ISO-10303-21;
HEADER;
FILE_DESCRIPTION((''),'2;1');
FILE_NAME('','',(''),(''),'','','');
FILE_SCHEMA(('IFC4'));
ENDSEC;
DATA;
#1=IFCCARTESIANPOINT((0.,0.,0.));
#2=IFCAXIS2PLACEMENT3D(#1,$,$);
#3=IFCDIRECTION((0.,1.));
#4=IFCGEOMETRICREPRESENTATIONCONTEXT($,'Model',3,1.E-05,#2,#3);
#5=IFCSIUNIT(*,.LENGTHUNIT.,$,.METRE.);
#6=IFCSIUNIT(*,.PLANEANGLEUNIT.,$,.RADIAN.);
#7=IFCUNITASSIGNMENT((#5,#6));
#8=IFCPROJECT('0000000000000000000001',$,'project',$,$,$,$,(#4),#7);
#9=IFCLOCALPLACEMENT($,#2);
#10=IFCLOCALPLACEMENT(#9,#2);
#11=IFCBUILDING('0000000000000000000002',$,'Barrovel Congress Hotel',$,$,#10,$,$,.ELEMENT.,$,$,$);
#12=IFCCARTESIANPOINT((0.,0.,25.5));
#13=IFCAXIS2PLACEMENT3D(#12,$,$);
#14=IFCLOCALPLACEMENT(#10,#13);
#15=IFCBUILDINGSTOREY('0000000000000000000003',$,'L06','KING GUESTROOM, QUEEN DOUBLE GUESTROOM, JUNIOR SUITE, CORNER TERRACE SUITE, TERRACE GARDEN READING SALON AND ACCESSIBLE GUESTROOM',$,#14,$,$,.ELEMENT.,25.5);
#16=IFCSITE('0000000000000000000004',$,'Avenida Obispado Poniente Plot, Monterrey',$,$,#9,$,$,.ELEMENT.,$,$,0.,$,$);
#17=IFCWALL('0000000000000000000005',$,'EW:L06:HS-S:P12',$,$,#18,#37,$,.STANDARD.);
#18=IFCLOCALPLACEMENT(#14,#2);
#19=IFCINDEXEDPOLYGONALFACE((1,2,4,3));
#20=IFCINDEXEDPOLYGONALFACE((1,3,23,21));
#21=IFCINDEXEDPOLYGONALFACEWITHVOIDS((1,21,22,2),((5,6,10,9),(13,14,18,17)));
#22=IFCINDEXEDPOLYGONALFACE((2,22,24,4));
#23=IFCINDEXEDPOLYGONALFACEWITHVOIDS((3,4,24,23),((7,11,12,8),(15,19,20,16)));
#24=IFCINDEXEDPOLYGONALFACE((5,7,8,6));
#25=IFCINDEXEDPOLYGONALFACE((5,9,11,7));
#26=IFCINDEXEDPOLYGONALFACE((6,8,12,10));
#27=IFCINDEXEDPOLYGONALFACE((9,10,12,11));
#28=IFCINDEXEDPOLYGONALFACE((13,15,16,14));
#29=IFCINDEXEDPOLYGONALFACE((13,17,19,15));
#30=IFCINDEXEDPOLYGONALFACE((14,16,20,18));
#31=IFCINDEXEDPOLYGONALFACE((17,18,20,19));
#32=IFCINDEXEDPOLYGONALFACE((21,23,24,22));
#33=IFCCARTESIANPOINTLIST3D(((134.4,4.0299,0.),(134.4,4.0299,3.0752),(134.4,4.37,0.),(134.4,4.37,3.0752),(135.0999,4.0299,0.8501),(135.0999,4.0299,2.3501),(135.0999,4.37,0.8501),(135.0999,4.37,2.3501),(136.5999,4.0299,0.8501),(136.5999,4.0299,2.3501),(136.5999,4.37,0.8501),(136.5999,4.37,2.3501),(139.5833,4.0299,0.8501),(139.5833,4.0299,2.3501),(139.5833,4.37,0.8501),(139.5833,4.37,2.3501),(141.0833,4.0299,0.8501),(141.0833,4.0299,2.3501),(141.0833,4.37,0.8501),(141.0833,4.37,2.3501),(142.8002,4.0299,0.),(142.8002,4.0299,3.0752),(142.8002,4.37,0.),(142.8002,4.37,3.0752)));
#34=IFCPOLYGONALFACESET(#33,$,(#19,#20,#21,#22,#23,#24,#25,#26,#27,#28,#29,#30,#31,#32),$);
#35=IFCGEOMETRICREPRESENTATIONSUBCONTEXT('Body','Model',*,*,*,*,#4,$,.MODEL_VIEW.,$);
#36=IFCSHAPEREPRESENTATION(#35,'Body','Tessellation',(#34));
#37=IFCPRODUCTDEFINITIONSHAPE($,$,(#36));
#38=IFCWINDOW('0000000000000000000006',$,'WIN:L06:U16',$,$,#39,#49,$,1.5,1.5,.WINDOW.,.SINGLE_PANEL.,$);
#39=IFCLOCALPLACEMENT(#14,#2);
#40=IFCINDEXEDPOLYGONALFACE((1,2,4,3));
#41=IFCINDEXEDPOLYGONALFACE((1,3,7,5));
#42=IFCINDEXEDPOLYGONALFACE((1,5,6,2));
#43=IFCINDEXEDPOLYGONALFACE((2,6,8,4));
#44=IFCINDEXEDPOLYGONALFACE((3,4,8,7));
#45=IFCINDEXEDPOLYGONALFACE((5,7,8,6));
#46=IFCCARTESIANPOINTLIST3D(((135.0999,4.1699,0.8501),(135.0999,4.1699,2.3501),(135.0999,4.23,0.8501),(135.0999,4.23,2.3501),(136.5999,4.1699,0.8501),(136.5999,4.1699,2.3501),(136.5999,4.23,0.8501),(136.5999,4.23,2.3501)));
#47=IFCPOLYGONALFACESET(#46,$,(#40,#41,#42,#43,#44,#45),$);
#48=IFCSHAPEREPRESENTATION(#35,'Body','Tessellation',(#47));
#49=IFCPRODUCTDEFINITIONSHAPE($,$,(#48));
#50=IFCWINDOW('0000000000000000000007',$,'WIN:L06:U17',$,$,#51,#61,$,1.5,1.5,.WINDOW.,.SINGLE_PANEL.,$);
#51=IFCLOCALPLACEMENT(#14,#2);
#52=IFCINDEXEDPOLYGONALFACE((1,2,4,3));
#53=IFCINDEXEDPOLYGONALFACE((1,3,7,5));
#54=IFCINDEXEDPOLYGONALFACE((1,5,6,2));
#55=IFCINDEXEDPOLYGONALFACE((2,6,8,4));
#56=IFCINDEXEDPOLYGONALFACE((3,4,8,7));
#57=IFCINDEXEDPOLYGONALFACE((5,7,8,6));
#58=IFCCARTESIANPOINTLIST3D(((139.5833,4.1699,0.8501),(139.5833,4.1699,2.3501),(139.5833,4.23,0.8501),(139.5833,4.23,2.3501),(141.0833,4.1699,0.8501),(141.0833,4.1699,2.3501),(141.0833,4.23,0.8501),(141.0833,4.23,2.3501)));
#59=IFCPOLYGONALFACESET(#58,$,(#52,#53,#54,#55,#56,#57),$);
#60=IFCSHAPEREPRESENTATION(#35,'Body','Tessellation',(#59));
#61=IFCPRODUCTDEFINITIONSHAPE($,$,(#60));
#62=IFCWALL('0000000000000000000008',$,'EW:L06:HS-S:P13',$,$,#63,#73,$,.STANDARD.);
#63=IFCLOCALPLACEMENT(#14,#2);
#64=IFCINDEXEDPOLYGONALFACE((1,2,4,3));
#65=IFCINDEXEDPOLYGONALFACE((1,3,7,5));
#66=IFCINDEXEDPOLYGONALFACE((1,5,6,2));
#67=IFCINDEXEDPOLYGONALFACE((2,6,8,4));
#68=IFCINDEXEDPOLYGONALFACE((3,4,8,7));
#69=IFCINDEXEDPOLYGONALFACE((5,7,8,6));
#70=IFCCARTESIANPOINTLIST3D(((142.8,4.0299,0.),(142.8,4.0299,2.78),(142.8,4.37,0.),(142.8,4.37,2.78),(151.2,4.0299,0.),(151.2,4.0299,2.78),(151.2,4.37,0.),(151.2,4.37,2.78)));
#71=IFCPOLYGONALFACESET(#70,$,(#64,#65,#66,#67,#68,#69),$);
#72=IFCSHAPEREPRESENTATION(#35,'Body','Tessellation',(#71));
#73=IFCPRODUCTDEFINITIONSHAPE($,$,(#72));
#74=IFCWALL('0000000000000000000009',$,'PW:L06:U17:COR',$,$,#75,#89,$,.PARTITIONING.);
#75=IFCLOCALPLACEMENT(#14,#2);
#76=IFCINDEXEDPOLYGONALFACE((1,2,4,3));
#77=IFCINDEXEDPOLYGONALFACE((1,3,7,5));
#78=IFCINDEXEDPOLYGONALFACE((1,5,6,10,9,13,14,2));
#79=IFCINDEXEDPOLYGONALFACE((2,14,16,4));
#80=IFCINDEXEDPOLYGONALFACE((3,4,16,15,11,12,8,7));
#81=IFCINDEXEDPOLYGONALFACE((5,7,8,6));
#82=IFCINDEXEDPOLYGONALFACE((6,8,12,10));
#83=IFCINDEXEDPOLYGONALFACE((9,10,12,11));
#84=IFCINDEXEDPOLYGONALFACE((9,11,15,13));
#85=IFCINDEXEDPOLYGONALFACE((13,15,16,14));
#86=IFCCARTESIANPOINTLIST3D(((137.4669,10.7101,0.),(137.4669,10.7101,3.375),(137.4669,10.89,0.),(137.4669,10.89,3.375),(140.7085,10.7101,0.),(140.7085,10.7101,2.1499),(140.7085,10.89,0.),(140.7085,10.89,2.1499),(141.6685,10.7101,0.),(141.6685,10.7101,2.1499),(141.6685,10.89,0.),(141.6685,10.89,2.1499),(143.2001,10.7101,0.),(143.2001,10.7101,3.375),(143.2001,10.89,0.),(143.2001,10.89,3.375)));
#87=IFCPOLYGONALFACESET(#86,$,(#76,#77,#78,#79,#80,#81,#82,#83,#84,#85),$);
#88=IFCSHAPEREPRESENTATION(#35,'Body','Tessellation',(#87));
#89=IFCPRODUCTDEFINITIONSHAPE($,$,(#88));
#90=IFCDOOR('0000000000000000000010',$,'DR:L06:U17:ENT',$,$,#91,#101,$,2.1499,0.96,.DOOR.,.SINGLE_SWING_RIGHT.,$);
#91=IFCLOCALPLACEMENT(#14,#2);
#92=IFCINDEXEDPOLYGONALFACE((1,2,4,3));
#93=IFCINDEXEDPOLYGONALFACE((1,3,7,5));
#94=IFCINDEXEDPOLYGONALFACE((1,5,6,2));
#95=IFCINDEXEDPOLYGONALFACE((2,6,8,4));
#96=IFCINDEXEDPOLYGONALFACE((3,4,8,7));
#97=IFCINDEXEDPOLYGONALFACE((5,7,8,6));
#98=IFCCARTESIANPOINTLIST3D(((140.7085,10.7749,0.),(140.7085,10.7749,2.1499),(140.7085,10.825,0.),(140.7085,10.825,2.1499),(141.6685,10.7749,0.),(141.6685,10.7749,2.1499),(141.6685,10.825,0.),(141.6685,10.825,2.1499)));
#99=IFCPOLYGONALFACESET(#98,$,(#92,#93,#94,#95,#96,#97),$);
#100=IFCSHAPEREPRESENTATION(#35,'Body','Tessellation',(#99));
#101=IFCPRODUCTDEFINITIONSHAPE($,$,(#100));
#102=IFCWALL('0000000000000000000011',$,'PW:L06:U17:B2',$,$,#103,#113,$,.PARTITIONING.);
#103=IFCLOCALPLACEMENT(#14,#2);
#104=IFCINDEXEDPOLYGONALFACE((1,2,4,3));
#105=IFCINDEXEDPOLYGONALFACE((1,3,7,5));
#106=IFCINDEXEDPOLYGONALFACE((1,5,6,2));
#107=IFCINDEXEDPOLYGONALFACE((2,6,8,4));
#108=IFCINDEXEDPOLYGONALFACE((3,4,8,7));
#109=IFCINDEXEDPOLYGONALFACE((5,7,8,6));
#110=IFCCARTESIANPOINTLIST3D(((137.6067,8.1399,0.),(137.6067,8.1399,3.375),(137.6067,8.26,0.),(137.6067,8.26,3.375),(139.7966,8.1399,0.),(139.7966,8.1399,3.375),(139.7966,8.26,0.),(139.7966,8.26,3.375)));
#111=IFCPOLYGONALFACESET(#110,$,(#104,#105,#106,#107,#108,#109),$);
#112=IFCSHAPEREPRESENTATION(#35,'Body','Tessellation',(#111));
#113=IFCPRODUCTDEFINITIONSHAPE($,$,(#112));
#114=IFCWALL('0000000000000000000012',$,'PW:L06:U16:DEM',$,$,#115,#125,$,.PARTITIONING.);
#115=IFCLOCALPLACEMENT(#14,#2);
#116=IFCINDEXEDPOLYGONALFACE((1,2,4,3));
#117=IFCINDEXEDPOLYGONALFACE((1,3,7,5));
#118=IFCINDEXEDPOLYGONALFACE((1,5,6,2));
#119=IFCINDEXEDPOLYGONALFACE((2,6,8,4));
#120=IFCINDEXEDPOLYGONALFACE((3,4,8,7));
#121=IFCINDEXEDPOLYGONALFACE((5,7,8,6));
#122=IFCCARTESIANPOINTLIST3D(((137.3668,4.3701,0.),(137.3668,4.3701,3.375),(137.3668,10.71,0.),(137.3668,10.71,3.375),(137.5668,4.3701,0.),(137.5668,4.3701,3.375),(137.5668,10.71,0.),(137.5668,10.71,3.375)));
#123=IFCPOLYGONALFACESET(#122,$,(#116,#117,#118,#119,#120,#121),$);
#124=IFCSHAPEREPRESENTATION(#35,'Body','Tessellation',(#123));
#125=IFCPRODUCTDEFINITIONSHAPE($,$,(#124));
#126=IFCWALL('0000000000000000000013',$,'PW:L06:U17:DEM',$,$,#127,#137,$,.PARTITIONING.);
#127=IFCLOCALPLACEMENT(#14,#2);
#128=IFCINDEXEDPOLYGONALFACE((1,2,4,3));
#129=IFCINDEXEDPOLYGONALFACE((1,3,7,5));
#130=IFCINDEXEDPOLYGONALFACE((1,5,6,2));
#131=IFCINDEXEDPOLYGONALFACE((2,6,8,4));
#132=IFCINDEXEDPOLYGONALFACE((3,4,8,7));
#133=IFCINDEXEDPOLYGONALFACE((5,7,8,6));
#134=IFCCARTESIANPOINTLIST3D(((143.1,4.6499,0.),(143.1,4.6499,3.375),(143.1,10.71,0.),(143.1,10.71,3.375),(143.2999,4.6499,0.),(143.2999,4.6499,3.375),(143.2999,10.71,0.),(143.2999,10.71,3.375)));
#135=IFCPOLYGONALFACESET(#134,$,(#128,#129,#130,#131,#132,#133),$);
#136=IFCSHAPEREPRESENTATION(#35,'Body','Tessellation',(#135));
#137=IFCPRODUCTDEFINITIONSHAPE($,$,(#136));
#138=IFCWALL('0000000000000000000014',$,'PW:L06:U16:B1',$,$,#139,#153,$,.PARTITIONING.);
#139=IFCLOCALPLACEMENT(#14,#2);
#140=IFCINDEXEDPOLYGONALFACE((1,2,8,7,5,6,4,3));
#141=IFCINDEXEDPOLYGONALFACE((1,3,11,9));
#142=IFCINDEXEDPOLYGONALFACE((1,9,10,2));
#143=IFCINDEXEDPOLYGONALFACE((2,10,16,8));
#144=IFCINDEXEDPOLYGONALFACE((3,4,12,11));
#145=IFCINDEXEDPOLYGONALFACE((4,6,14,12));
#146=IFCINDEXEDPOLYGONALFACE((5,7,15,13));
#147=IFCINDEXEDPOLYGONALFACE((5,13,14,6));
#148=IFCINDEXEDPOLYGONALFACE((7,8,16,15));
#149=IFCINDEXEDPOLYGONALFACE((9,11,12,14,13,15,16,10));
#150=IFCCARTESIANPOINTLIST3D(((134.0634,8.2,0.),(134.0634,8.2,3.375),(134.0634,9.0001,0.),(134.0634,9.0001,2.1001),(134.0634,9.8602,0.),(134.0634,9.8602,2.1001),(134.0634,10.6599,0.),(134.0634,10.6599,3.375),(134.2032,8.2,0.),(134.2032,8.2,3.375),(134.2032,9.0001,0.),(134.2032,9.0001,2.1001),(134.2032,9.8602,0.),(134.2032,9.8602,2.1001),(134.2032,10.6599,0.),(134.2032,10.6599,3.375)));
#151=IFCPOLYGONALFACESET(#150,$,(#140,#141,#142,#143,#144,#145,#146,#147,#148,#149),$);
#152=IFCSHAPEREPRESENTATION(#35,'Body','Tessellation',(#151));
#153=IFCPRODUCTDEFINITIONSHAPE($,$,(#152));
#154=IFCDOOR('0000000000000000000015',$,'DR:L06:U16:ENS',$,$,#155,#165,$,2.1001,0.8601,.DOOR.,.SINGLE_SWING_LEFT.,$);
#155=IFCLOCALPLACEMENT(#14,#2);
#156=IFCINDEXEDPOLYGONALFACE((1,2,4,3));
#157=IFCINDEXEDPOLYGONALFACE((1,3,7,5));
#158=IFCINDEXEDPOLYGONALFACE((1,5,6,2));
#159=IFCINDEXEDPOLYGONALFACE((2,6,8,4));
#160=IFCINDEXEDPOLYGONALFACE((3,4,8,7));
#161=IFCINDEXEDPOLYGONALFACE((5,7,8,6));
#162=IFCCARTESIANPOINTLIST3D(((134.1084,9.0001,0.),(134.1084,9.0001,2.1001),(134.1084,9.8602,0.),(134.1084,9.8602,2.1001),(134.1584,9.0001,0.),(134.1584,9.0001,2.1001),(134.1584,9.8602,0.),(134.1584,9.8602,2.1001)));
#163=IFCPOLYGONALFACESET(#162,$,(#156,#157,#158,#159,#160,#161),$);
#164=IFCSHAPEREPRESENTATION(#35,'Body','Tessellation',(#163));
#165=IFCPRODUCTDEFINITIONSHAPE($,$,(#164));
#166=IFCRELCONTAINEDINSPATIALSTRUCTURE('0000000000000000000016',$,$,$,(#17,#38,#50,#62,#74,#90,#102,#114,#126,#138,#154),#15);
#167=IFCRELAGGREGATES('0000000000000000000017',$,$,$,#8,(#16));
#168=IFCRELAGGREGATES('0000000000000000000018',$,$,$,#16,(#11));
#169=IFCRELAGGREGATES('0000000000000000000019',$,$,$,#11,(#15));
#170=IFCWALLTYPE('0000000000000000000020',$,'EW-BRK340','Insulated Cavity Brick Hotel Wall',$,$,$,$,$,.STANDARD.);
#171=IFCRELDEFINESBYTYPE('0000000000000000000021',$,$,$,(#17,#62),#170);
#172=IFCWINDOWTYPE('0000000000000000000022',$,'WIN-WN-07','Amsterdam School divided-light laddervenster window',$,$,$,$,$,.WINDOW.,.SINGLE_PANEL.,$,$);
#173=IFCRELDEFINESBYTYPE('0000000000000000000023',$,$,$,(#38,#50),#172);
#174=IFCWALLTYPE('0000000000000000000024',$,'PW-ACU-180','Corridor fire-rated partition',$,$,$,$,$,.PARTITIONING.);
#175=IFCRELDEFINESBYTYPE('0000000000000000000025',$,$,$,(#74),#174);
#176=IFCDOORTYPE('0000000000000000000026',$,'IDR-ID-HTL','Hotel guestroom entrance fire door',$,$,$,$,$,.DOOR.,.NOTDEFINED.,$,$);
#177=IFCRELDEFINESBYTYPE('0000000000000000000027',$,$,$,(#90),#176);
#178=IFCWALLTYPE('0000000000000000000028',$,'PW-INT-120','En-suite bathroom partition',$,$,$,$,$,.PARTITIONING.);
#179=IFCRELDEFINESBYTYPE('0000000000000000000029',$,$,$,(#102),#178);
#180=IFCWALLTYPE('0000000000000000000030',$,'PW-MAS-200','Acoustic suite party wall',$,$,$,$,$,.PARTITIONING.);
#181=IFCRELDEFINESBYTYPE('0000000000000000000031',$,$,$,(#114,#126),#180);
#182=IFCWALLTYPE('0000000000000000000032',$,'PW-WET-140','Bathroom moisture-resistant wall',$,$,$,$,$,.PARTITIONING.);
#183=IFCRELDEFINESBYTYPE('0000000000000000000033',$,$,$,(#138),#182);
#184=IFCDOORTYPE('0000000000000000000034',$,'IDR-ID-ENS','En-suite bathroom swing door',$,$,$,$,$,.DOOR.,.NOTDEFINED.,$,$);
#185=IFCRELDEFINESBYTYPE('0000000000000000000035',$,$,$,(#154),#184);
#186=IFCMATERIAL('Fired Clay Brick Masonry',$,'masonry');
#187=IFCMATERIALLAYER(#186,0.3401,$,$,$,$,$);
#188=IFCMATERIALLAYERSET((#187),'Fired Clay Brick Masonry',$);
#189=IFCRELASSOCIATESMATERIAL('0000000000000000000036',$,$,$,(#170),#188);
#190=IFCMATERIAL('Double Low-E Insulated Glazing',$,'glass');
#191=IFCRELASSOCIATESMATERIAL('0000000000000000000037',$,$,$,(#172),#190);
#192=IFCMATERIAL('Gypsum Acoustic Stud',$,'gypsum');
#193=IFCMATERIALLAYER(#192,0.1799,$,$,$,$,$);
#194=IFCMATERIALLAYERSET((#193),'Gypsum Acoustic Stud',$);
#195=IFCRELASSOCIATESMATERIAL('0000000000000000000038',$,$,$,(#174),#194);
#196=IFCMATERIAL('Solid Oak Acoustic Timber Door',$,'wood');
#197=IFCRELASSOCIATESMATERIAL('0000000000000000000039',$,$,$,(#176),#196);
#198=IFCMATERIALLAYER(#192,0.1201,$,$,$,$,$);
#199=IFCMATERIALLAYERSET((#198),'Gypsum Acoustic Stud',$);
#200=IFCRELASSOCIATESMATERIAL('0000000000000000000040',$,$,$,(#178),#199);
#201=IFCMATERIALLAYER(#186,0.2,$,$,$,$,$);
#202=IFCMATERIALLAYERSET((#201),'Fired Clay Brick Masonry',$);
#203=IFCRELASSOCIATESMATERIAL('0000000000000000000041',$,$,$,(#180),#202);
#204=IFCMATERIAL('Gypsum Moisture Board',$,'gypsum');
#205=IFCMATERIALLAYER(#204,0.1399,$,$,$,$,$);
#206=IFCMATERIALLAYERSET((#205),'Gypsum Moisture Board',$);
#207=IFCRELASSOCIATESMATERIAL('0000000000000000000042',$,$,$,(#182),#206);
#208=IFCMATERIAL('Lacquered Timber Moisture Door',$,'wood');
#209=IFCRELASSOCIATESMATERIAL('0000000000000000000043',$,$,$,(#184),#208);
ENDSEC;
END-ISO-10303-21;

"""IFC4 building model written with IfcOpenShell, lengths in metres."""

from ifc_helpers import new_model, si_unit, direction, frame, frame_2d, origin, place, context, subcontext, project, spatial, rectangle, extrude, material, layer, layer_set, type_object, element, fill, save


model = new_model("IFC4")

# Units and contexts
model_context = context("Model", 3, precision=1e-05, world=origin(), true_north=direction((0.0, 1.0)))
body_context = subcontext(model_context, "Body", "Model", "MODEL_VIEW")
ifc_project = project(units=[si_unit("LENGTHUNIT", "METRE"), si_unit("PLANEANGLEUNIT", "RADIAN")], contexts=[model_context])

# Site, building, storey
site_placement = place(None, origin())
site = spatial("IfcSite", under=ifc_project, at=site_placement, Name="Avenida Obispado Poniente Plot, Monterrey", CompositionType="ELEMENT", RefElevation=0.0)
building_placement = place(site_placement, origin())
building = spatial("IfcBuilding", under=site, at=building_placement, Name="Barrovel Congress Hotel", CompositionType="ELEMENT")
storey_placement = place(building_placement, frame((0.0, 0.0, 25.5)))
storey = spatial("IfcBuildingStorey", under=building, at=storey_placement, Name="L06", Description="KING GUESTROOM, QUEEN DOUBLE GUESTROOM, JUNIOR SUITE, CORNER TERRACE SUITE, TERRACE GARDEN READING SALON AND ACCESSIBLE GUESTROOM", CompositionType="ELEMENT", Elevation=25.5)

# Wall, openings, windows
ifc_material_1 = material(Name="Fired Clay Brick Masonry", Category="masonry")
ifc_layer_1 = layer(ifc_material_1, 0.3401)
ifc_layer_set_1 = layer_set([ifc_layer_1], Name="Fired Clay Brick Masonry")
wall_type_1 = type_object("IfcWallType", Name="EW-BRK340", Description="Insulated Cavity Brick Hotel Wall", PredefinedType="STANDARD", material=ifc_layer_set_1)
wall_1_placement = place(storey_placement, frame((134.3999, 4.2, 0.0), z_axis=(0.0, 0.0, 1.0), x_axis=(1.0, 0.0, 0.0)))
wall_1 = element("IfcWall", 1, at=wall_1_placement, inside=storey, type_object=wall_type_1, Name="EW:L06:HS-S:P12", PredefinedType="STANDARD", context=body_context, shape_type="SweptSolid", body=[
    extrude(rectangle(XDim=8.4001, YDim=0.3401, at=frame_2d((4.2002, 0.0))), origin(), (0.0, 0.0, 1.0), 3.0752),
])
opening_1_placement = place(wall_1_placement, frame((0.7, 0.0, 0.8501)))
opening_1 = element("IfcOpeningElement", 2, at=opening_1_placement, cuts=wall_1, PredefinedType="OPENING", context=body_context, shape_type="SweptSolid", body=[
    extrude(rectangle(XDim=1.5, YDim=1.5, at=frame_2d((0.75, 0.75))), frame((0.0, 0.1802, 0.0), z_axis=(0.0, -1.0, 0.0), x_axis=(1.0, 0.0, 0.0)), (0.0, 0.0, 1.0), 0.3601),
])
opening_2_placement = place(wall_1_placement, frame((5.1833, 0.0, 0.8501)))
opening_2 = element("IfcOpeningElement", 3, at=opening_2_placement, cuts=wall_1, PredefinedType="OPENING", context=body_context, shape_type="SweptSolid", body=[
    extrude(rectangle(XDim=1.5, YDim=1.5, at=frame_2d((0.75, 0.75))), frame((0.0, 0.1802, 0.0), z_axis=(0.0, -1.0, 0.0), x_axis=(1.0, 0.0, 0.0)), (0.0, 0.0, 1.0), 0.3601),
])
ifc_material_2 = material(Name="Double Low-E Insulated Glazing", Category="glass")
window_type = type_object("IfcWindowType", Name="WIN-WN-07", Description="Amsterdam School divided-light laddervenster window", PartitioningType="SINGLE_PANEL", PredefinedType="WINDOW", material=ifc_material_2)
window_1_placement = place(opening_1_placement, origin())
window_1 = element("IfcWindow", 4, at=window_1_placement, inside=storey, type_object=window_type, Name="WIN:L06:U16", OverallHeight=1.5, OverallWidth=1.5, PartitioningType="SINGLE_PANEL", PredefinedType="WINDOW", context=body_context, shape_type="SweptSolid", body=[
    extrude(rectangle(XDim=1.5, YDim=1.5, at=frame_2d((0.75, 0.75))), frame((0.0, 0.03, 0.0), z_axis=(0.0, -1.0, 0.0), x_axis=(1.0, 0.0, 0.0)), (0.0, 0.0, 1.0), 0.0601),
])
fill(opening_1, window_1)
window_2_placement = place(opening_2_placement, origin())
window_2 = element("IfcWindow", 5, at=window_2_placement, inside=storey, type_object=window_type, Name="WIN:L06:U17", OverallHeight=1.5, OverallWidth=1.5, PartitioningType="SINGLE_PANEL", PredefinedType="WINDOW", context=body_context, shape_type="SweptSolid", body=[
    extrude(rectangle(XDim=1.5, YDim=1.5, at=frame_2d((0.75, 0.75))), frame((0.0, 0.03, 0.0), z_axis=(0.0, -1.0, 0.0), x_axis=(1.0, 0.0, 0.0)), (0.0, 0.0, 1.0), 0.0601),
])
fill(opening_2, window_2)

# Wall
wall_2_placement = place(storey_placement, frame((142.8, 4.2, 0.0), z_axis=(0.0, 0.0, 1.0), x_axis=(1.0, 0.0, 0.0)))
element("IfcWall", 6, at=wall_2_placement, inside=storey, type_object=wall_type_1, Name="EW:L06:HS-S:P13", PredefinedType="STANDARD", context=body_context, shape_type="SweptSolid", body=[
    extrude(rectangle(XDim=8.3999, YDim=0.3401, at=frame_2d((4.2, 0.0))), origin(), (0.0, 0.0, 1.0), 2.78),
])

# Wall, opening, door
ifc_material_3 = material(Name="Gypsum Acoustic Stud", Category="gypsum")
ifc_layer_2 = layer(ifc_material_3, 0.1799)
ifc_layer_set_2 = layer_set([ifc_layer_2], Name="Gypsum Acoustic Stud")
wall_type_2 = type_object("IfcWallType", Name="PW-ACU-180", Description="Corridor fire-rated partition", PredefinedType="PARTITIONING", material=ifc_layer_set_2)
wall_3_placement = place(storey_placement, frame((137.4668, 10.8, 0.0), z_axis=(0.0, 0.0, 1.0), x_axis=(1.0, 0.0, 0.0)))
wall_3 = element("IfcWall", 7, at=wall_3_placement, inside=storey, type_object=wall_type_2, Name="PW:L06:U17:COR", PredefinedType="PARTITIONING", context=body_context, shape_type="SweptSolid", body=[
    extrude(rectangle(XDim=5.7332, YDim=0.1799, at=frame_2d((2.8667, 0.0))), origin(), (0.0, 0.0, 1.0), 3.375),
])
opening_3_placement = place(wall_3_placement, frame((3.2417, 0.0, 0.0)))
opening_3 = element("IfcOpeningElement", 8, at=opening_3_placement, cuts=wall_3, PredefinedType="OPENING", context=body_context, shape_type="SweptSolid", body=[
    extrude(rectangle(XDim=0.96, YDim=2.1499, at=frame_2d((0.48, 1.075))), frame((0.0, 0.1001, 0.0), z_axis=(0.0, -1.0, 0.0), x_axis=(1.0, 0.0, 0.0)), (0.0, 0.0, 1.0), 0.2),
])
ifc_material_4 = material(Name="Solid Oak Acoustic Timber Door", Category="wood")
door_type_1 = type_object("IfcDoorType", Name="IDR-ID-HTL", Description="Hotel guestroom entrance fire door", OperationType="NOTDEFINED", PredefinedType="DOOR", material=ifc_material_4)
door_1_placement = place(opening_3_placement, origin())
door_1 = element("IfcDoor", 9, at=door_1_placement, inside=storey, type_object=door_type_1, Name="DR:L06:U17:ENT", OperationType="SINGLE_SWING_RIGHT", OverallHeight=2.1499, OverallWidth=0.96, PredefinedType="DOOR", context=body_context, shape_type="SweptSolid", body=[
    extrude(rectangle(XDim=0.96, YDim=2.1499, at=frame_2d((0.48, 1.075))), frame((0.0, 0.0249, 0.0), z_axis=(0.0, -1.0, 0.0), x_axis=(1.0, 0.0, 0.0)), (0.0, 0.0, 1.0), 0.05),
])
fill(opening_3, door_1)

# Walls
ifc_layer_3 = layer(ifc_material_3, 0.1201)
ifc_layer_set_3 = layer_set([ifc_layer_3], Name="Gypsum Acoustic Stud")
wall_type_3 = type_object("IfcWallType", Name="PW-INT-120", Description="En-suite bathroom partition", PredefinedType="PARTITIONING", material=ifc_layer_set_3)
wall_4_placement = place(storey_placement, frame((137.6067, 8.2, 0.0), z_axis=(0.0, 0.0, 1.0), x_axis=(1.0, 0.0, 0.0)))
element("IfcWall", 10, at=wall_4_placement, inside=storey, type_object=wall_type_3, Name="PW:L06:U17:B2", PredefinedType="PARTITIONING", context=body_context, shape_type="SweptSolid", body=[
    extrude(rectangle(XDim=2.1899, YDim=0.1201, at=frame_2d((1.095, 0.0))), origin(), (0.0, 0.0, 1.0), 3.375),
])
ifc_layer_4 = layer(ifc_material_1, 0.2)
ifc_layer_set_4 = layer_set([ifc_layer_4], Name="Fired Clay Brick Masonry")
wall_type_4 = type_object("IfcWallType", Name="PW-MAS-200", Description="Acoustic suite party wall", PredefinedType="PARTITIONING", material=ifc_layer_set_4)
wall_5_placement = place(storey_placement, frame((137.4668, 4.3701, 0.0), z_axis=(0.0, 0.0, 1.0), x_axis=(0.0, 1.0, 0.0)))
element("IfcWall", 11, at=wall_5_placement, inside=storey, type_object=wall_type_4, Name="PW:L06:U16:DEM", PredefinedType="PARTITIONING", context=body_context, shape_type="SweptSolid", body=[
    extrude(rectangle(XDim=6.3398, YDim=0.2, at=frame_2d((3.1699, 0.0))), origin(), (0.0, 0.0, 1.0), 3.375),
])
wall_6_placement = place(storey_placement, frame((143.2, 4.6499, 0.0), z_axis=(0.0, 0.0, 1.0), x_axis=(0.0, 1.0, 0.0)))
element("IfcWall", 12, at=wall_6_placement, inside=storey, type_object=wall_type_4, Name="PW:L06:U17:DEM", PredefinedType="PARTITIONING", context=body_context, shape_type="SweptSolid", body=[
    extrude(rectangle(XDim=6.0601, YDim=0.2, at=frame_2d((3.03, 0.0))), origin(), (0.0, 0.0, 1.0), 3.375),
])

# Wall, opening, door
ifc_material_5 = material(Name="Gypsum Moisture Board", Category="gypsum")
ifc_layer_5 = layer(ifc_material_5, 0.1399)
ifc_layer_set_5 = layer_set([ifc_layer_5], Name="Gypsum Moisture Board")
wall_type_5 = type_object("IfcWallType", Name="PW-WET-140", Description="Bathroom moisture-resistant wall", PredefinedType="PARTITIONING", material=ifc_layer_set_5)
wall_7_placement = place(storey_placement, frame((134.1333, 8.2, 0.0), z_axis=(0.0, 0.0, 1.0), x_axis=(0.0, 1.0, 0.0)))
wall_7 = element("IfcWall", 13, at=wall_7_placement, inside=storey, type_object=wall_type_5, Name="PW:L06:U16:B1", PredefinedType="PARTITIONING", context=body_context, shape_type="SweptSolid", body=[
    extrude(rectangle(XDim=2.46, YDim=0.1399, at=frame_2d((1.23, 0.0))), origin(), (0.0, 0.0, 1.0), 3.375),
])
opening_4_placement = place(wall_7_placement, frame((0.8, 0.0, 0.0)))
opening_4 = element("IfcOpeningElement", 14, at=opening_4_placement, cuts=wall_7, PredefinedType="OPENING", context=body_context, shape_type="SweptSolid", body=[
    extrude(rectangle(XDim=0.8601, YDim=2.1001, at=frame_2d((0.4302, 1.05))), frame((0.0, 0.0801, 0.0), z_axis=(0.0, -1.0, 0.0), x_axis=(1.0, 0.0, 0.0)), (0.0, 0.0, 1.0), 0.1599),
])
ifc_material_6 = material(Name="Lacquered Timber Moisture Door", Category="wood")
door_type_2 = type_object("IfcDoorType", Name="IDR-ID-ENS", Description="En-suite bathroom swing door", OperationType="NOTDEFINED", PredefinedType="DOOR", material=ifc_material_6)
door_2_placement = place(opening_4_placement, origin())
door_2 = element("IfcDoor", 15, at=door_2_placement, inside=storey, type_object=door_type_2, Name="DR:L06:U16:ENS", OperationType="SINGLE_SWING_LEFT", OverallHeight=2.1001, OverallWidth=0.8601, PredefinedType="DOOR", context=body_context, shape_type="SweptSolid", body=[
    extrude(rectangle(XDim=0.8601, YDim=2.1001, at=frame_2d((0.4302, 1.05))), frame((0.0, 0.0249, 0.0), z_axis=(0.0, -1.0, 0.0), x_axis=(1.0, 0.0, 0.0)), (0.0, 0.0, 1.0), 0.05),
])
fill(opening_4, door_2)

save(model, "model.ifc")
